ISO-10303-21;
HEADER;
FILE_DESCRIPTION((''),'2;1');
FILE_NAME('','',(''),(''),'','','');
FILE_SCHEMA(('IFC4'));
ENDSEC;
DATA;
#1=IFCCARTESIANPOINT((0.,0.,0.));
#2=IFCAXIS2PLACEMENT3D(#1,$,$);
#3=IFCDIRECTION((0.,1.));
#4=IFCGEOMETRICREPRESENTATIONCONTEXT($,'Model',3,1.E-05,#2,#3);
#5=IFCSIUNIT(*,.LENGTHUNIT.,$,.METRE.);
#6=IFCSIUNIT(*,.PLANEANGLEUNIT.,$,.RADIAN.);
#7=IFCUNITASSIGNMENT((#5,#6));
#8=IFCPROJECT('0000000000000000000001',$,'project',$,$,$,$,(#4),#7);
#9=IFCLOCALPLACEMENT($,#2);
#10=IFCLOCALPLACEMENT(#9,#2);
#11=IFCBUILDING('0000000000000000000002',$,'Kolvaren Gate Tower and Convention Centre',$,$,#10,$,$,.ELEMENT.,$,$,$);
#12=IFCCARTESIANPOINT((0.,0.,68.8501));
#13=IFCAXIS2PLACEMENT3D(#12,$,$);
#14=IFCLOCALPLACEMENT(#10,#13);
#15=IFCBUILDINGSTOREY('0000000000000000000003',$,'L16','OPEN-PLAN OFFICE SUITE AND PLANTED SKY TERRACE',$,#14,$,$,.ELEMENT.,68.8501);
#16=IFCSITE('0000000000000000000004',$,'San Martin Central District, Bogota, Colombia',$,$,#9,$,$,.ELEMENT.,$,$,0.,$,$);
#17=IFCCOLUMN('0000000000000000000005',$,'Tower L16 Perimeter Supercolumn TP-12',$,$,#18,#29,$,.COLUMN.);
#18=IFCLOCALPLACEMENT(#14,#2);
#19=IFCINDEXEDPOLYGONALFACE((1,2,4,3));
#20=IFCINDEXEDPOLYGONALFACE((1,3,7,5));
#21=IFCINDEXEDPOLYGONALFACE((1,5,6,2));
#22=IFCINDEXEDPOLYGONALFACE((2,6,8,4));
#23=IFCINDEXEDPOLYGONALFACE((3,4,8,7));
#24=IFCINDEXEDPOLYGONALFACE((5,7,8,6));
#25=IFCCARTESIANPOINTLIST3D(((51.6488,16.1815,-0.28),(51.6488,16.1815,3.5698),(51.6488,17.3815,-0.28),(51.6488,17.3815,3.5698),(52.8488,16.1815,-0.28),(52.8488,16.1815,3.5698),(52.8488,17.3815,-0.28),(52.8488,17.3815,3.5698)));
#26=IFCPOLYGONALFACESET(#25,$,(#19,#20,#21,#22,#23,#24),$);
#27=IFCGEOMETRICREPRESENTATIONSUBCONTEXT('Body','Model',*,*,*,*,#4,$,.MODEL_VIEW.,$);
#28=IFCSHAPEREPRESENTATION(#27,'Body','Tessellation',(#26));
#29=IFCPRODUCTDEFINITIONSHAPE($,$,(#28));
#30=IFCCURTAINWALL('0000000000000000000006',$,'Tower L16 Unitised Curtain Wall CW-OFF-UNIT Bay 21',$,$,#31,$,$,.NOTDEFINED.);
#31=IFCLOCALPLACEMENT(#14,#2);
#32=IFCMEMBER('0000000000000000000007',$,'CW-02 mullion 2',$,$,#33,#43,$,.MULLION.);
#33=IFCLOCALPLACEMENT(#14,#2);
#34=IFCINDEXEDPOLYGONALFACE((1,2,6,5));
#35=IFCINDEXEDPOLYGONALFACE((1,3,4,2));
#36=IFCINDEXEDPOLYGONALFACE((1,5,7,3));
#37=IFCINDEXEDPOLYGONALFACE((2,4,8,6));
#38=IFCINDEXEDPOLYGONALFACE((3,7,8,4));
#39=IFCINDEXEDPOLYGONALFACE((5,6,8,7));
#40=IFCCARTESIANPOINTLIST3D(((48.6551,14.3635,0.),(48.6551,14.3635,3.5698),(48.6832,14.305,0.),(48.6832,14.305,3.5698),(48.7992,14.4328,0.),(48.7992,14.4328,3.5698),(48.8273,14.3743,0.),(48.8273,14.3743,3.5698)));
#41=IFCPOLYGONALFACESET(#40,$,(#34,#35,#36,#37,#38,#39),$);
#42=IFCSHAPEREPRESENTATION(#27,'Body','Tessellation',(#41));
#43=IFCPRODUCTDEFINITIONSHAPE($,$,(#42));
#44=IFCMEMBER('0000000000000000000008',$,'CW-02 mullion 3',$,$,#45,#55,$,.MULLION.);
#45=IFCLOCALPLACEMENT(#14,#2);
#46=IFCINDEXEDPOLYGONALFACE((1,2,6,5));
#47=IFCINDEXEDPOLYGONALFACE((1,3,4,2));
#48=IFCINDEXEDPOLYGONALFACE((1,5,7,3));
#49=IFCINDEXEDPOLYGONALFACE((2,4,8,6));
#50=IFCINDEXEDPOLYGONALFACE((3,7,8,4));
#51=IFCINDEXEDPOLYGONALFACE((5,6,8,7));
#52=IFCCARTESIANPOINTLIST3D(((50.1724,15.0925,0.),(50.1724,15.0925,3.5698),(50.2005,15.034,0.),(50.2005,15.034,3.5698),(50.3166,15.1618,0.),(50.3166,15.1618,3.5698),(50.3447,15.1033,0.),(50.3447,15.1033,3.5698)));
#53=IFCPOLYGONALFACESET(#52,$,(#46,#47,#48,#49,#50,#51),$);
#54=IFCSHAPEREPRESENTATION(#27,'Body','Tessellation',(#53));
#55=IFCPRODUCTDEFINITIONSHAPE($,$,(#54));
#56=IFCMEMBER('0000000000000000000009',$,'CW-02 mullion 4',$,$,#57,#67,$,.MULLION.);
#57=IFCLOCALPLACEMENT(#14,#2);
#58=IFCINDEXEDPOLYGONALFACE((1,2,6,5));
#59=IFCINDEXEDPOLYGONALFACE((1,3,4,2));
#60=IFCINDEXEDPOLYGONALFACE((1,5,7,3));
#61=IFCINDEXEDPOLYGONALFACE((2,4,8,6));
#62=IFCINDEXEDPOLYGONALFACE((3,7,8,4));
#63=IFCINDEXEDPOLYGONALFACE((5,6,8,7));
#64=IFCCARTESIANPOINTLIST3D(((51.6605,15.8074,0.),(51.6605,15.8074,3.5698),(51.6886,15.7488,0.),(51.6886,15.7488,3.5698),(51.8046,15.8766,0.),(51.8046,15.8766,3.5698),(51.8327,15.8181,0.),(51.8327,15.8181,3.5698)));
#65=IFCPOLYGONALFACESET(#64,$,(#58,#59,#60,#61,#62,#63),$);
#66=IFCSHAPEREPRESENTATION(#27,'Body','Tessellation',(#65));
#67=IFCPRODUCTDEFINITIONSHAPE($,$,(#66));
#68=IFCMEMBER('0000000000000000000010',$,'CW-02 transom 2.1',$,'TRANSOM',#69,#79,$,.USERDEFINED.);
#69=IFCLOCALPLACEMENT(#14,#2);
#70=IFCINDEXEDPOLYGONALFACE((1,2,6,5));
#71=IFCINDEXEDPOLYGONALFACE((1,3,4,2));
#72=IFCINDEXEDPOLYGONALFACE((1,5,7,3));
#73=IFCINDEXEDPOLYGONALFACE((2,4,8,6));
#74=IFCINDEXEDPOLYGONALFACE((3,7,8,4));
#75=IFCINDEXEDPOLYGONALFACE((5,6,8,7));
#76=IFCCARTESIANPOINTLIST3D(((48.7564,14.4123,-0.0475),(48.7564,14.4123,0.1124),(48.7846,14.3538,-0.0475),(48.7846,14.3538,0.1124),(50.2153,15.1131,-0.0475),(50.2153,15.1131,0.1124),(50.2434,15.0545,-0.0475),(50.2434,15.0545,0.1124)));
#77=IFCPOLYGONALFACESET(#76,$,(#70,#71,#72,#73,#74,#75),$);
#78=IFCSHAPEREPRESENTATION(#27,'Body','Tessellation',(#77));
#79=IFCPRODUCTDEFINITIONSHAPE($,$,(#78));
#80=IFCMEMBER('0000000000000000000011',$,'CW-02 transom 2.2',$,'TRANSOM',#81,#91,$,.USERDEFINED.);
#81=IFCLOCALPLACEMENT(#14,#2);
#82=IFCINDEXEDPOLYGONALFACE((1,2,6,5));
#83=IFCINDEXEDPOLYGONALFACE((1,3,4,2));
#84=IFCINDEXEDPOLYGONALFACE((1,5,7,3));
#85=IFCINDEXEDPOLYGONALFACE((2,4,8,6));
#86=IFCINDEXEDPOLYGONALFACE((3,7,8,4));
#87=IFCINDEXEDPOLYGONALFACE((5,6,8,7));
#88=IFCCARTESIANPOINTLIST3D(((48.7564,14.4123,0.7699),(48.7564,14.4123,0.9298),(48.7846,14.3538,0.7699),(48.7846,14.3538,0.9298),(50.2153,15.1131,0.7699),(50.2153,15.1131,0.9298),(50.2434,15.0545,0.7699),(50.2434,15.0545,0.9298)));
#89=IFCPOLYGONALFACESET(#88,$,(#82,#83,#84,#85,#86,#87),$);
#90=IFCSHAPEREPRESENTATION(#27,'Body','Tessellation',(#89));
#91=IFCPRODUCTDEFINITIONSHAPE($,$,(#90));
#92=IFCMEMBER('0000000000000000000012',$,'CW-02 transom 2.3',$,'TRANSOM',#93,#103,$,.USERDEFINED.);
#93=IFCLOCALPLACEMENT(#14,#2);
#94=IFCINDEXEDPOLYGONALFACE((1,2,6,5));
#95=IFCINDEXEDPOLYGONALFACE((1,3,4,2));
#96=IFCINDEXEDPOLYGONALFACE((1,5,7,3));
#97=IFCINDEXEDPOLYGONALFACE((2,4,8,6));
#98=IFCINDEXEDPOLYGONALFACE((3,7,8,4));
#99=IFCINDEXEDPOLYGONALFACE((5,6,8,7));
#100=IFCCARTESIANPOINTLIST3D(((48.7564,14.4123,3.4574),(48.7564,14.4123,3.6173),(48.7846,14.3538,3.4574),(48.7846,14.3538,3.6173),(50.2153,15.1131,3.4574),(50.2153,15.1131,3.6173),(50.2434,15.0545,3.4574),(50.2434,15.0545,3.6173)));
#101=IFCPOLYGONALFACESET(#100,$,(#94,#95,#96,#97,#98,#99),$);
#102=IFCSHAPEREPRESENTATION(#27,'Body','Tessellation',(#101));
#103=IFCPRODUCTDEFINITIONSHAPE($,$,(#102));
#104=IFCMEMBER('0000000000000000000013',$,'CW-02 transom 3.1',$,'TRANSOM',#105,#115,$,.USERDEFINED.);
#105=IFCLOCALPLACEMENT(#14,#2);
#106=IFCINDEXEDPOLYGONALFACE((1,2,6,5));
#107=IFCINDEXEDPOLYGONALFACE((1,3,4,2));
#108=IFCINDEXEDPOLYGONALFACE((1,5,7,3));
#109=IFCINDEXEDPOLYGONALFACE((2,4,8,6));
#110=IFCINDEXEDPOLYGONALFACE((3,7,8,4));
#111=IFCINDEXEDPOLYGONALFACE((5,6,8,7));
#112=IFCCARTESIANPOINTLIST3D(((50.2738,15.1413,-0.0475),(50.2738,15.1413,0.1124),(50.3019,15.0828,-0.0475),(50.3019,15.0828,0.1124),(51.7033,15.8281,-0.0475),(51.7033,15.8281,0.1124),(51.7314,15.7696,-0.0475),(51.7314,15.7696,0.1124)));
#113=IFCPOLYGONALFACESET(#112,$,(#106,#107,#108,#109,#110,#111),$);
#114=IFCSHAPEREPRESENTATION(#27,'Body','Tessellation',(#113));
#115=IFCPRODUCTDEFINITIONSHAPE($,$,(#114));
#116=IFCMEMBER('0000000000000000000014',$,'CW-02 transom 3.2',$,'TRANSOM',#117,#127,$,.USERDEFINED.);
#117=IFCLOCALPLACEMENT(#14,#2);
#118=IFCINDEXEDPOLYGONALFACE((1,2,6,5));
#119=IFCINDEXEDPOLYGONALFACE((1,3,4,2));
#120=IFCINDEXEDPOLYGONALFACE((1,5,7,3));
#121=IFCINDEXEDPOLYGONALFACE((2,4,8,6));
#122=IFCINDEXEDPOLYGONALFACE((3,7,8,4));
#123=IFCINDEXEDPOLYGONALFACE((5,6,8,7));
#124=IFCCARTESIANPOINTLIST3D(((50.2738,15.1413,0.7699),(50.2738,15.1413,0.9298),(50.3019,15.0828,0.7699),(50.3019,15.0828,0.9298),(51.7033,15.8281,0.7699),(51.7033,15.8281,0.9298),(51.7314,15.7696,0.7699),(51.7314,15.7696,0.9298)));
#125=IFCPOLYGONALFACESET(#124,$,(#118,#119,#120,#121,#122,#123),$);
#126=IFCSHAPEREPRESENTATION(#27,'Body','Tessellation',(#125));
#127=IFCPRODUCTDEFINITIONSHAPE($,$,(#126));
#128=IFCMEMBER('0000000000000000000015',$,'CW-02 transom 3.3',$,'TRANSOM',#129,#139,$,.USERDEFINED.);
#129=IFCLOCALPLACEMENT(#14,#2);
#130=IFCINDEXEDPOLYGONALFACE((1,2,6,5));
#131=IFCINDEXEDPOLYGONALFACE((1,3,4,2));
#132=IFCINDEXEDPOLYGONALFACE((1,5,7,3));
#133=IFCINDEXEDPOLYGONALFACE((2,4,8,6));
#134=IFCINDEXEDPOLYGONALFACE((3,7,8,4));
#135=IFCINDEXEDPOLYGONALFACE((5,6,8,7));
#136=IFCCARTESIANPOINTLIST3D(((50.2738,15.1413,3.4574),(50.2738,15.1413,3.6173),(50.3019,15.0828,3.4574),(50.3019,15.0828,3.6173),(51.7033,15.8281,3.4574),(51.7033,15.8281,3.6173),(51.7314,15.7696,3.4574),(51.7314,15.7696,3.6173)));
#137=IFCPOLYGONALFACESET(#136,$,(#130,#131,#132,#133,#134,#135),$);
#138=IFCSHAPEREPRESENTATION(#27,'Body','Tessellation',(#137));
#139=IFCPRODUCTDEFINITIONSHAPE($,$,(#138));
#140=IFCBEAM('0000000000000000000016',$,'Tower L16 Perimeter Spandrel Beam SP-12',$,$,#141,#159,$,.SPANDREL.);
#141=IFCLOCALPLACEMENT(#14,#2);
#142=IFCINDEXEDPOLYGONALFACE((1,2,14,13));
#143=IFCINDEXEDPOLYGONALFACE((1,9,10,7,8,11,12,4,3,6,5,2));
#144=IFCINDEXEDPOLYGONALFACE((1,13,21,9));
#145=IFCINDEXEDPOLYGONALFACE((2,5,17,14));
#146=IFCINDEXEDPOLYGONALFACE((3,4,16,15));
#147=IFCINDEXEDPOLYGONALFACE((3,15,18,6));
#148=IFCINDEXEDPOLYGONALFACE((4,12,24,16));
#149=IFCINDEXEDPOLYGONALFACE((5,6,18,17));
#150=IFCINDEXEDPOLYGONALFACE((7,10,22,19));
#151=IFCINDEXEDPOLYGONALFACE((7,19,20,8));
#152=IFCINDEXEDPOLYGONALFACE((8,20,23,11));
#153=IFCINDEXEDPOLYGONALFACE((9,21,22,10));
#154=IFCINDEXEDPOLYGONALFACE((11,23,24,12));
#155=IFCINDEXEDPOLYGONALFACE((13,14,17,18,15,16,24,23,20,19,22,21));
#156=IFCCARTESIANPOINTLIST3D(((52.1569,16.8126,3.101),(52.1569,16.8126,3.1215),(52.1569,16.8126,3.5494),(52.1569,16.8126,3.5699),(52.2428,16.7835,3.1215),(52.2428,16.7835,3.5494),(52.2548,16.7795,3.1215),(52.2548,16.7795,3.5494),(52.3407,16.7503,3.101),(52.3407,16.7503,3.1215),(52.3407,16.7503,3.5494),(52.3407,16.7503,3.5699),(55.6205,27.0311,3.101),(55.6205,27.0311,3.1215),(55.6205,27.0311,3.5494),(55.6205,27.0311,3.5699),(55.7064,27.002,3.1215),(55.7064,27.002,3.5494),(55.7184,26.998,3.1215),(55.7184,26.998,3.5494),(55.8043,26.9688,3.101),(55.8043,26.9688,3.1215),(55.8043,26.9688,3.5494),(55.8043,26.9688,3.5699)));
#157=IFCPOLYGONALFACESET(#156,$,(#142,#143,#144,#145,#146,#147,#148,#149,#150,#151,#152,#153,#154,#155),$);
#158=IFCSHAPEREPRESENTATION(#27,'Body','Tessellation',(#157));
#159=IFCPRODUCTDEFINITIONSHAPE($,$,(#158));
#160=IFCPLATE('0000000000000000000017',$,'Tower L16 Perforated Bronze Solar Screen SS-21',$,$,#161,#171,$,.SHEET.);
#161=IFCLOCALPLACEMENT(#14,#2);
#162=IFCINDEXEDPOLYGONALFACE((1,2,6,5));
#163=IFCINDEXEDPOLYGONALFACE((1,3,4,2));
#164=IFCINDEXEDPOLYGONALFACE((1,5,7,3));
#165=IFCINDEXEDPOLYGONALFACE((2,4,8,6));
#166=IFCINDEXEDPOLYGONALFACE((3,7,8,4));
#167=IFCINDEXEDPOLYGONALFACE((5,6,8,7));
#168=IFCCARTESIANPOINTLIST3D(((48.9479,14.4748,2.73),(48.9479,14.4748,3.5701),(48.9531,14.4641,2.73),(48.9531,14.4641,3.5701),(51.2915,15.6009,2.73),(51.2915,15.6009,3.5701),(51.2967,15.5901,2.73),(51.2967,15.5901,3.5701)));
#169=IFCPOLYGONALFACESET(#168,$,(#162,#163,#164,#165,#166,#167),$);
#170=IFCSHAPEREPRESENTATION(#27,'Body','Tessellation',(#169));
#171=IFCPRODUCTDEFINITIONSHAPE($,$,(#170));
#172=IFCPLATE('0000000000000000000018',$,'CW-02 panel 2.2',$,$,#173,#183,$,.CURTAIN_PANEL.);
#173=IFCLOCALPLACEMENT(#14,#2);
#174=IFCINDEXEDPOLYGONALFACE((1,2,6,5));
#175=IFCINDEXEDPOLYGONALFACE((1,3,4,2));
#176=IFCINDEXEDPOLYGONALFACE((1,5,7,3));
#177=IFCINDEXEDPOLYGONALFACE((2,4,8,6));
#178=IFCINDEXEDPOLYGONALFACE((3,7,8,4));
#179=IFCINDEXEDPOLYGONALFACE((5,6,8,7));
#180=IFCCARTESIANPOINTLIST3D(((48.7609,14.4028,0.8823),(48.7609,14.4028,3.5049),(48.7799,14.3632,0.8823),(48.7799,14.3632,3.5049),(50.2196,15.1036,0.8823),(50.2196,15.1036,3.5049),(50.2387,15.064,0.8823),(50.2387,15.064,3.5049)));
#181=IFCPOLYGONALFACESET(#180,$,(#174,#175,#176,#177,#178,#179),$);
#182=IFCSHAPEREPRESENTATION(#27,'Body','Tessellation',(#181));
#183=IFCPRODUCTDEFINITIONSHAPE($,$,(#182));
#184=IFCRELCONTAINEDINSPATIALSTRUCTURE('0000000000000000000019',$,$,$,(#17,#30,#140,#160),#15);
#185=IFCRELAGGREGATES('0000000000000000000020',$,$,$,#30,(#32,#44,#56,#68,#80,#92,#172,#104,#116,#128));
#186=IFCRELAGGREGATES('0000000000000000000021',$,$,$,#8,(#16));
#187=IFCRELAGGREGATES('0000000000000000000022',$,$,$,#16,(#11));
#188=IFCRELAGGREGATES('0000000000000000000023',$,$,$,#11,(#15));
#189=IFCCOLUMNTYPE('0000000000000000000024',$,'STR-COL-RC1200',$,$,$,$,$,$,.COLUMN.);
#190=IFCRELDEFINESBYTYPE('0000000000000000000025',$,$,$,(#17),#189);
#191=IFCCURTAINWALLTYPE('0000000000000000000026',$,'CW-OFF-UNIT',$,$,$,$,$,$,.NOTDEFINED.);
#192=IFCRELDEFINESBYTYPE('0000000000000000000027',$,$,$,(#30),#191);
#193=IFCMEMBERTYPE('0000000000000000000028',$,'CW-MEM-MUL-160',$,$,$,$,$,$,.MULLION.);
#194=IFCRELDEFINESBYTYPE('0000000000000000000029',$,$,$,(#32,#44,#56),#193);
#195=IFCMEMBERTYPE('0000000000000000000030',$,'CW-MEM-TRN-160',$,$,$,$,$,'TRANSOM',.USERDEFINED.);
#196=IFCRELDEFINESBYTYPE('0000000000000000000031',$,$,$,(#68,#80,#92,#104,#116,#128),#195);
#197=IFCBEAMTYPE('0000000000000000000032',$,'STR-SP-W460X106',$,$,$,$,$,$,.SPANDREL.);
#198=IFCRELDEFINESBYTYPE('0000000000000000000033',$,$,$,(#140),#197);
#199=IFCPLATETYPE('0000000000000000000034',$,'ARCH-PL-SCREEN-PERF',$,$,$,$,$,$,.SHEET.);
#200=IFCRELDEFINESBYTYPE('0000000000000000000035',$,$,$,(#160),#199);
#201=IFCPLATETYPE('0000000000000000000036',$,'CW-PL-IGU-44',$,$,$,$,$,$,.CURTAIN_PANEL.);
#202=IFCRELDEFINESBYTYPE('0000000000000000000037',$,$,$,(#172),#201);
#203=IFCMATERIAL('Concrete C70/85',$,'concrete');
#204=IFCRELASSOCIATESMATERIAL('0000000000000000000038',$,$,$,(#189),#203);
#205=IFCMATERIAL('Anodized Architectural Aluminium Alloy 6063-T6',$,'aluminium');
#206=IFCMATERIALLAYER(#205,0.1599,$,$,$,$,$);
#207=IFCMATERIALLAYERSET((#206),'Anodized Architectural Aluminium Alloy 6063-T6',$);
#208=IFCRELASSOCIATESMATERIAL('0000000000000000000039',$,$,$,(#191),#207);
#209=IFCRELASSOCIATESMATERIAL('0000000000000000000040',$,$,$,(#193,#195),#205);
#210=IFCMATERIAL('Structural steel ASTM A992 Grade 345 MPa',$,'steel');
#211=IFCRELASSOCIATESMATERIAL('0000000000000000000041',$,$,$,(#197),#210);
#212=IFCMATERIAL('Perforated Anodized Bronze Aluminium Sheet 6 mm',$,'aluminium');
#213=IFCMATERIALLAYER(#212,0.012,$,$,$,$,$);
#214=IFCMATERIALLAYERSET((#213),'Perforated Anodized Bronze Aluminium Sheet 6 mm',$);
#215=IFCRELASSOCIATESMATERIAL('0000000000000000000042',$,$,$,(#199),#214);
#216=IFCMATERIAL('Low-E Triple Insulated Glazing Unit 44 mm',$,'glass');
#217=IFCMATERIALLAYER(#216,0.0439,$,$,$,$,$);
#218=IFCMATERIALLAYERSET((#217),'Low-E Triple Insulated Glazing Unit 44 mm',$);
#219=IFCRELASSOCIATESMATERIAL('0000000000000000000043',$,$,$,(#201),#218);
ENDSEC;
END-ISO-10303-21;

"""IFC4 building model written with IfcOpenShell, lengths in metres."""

from ifc_helpers import new_model, si_unit, direction, frame, origin, origin_2d, place, context, subcontext, project, spatial, rectangle, i_section, extrude, material, layer, layer_set, material_profile, profile_set, type_object, element, aggregate, save


model = new_model("IFC4")

# Units and contexts
model_context = context("Model", 3, precision=1e-05, world=origin(), true_north=direction((0.0, 1.0)))
body_context = subcontext(model_context, "Body", "Model", "MODEL_VIEW")
ifc_project = project(units=[si_unit("LENGTHUNIT", "METRE"), si_unit("PLANEANGLEUNIT", "RADIAN")], contexts=[model_context])

# Site, building, storey
site_placement = place(None, origin())
site = spatial("IfcSite", under=ifc_project, at=site_placement, Name="San Martin Central District, Bogota, Colombia", CompositionType="ELEMENT", RefElevation=0.0)
building_placement = place(site_placement, origin())
building = spatial("IfcBuilding", under=site, at=building_placement, Name="Kolvaren Gate Tower and Convention Centre", CompositionType="ELEMENT")
storey_placement = place(building_placement, frame((0.0, 0.0, 68.8501)))
storey = spatial("IfcBuildingStorey", under=building, at=storey_placement, Name="L16", Description="OPEN-PLAN OFFICE SUITE AND PLANTED SKY TERRACE", CompositionType="ELEMENT", Elevation=68.8501)

# Column
ifc_material_1 = material(Name="Concrete C70/85", Category="concrete")
ifc_material_profile_1 = material_profile(ifc_material_1, rectangle(XDim=1.2, YDim=1.2, at=origin_2d()), Name="RC-COL-1200X1200")
ifc_profile_set_1 = profile_set([ifc_material_profile_1], Name="Concrete C70/85")
column_type = type_object("IfcColumnType", Name="STR-COL-RC1200", PredefinedType="COLUMN", material=ifc_profile_set_1)
column_placement = place(storey_placement, frame((52.2488, 16.7815, -0.28), z_axis=(0.0, 0.0, 1.0), x_axis=(1.0, 0.0, 0.0)))
element("IfcColumn", 1, at=column_placement, inside=storey, type_object=column_type, Name="Tower L16 Perimeter Supercolumn TP-12", PredefinedType="COLUMN", context=body_context, shape_type="SweptSolid", body=[
    extrude(rectangle(XDim=1.2, YDim=1.2, at=origin_2d()), origin(), (0.0, 0.0, 1.0), 3.8499),
])

# Curtain wall, members
ifc_material_2 = material(Name="Anodized Architectural Aluminium Alloy 6063-T6", Category="aluminium")
ifc_layer_1 = layer(ifc_material_2, 0.1599)
ifc_layer_set_1 = layer_set([ifc_layer_1], Name="Anodized Architectural Aluminium Alloy 6063-T6")
curtain_wall_type = type_object("IfcCurtainWallType", Name="CW-OFF-UNIT", PredefinedType="NOTDEFINED", material=ifc_layer_set_1)
curtain_wall_placement = place(storey_placement, origin())
curtain_wall = element("IfcCurtainWall", 2, at=curtain_wall_placement, inside=storey, type_object=curtain_wall_type, Name="Tower L16 Unitised Curtain Wall CW-OFF-UNIT Bay 21", PredefinedType="NOTDEFINED")
ifc_material_profile_2 = material_profile(ifc_material_2, rectangle(XDim=0.0649, YDim=0.1599, at=origin_2d()), Name="CW-MEM-MUL-160")
ifc_profile_set_2 = profile_set([ifc_material_profile_2], Name="Anodized Architectural Aluminium Alloy 6063-T6")
member_type_1 = type_object("IfcMemberType", Name="CW-MEM-MUL-160", PredefinedType="MULLION", material=ifc_profile_set_2)
member_1_placement = place(storey_placement, frame((48.7412, 14.3689, 0.0), z_axis=(0.0, 0.0, 1.0), x_axis=(-0.433067, 0.901362, 0.0)))
member_1 = element("IfcMember", 3, at=member_1_placement, type_object=member_type_1, Name="CW-02 mullion 2", PredefinedType="MULLION", context=body_context, shape_type="SweptSolid", body=[
    extrude(rectangle(XDim=0.0649, YDim=0.1599, at=origin_2d()), origin(), (0.0, 0.0, 1.0), 3.5698),
])
member_2_placement = place(storey_placement, frame((50.2585, 15.0979, 0.0), z_axis=(0.0, 0.0, 1.0), x_axis=(-0.433067, 0.901362, 0.0)))
member_2 = element("IfcMember", 4, at=member_2_placement, type_object=member_type_1, Name="CW-02 mullion 3", PredefinedType="MULLION", context=body_context, shape_type="SweptSolid", body=[
    extrude(rectangle(XDim=0.0649, YDim=0.1599, at=origin_2d()), origin(), (0.0, 0.0, 1.0), 3.5698),
])
member_3_placement = place(storey_placement, frame((51.7466, 15.8127, 0.0), z_axis=(0.0, 0.0, 1.0), x_axis=(-0.433067, 0.901362, 0.0)))
member_3 = element("IfcMember", 5, at=member_3_placement, type_object=member_type_1, Name="CW-02 mullion 4", PredefinedType="MULLION", context=body_context, shape_type="SweptSolid", body=[
    extrude(rectangle(XDim=0.0649, YDim=0.1599, at=origin_2d()), origin(), (0.0, 0.0, 1.0), 3.5698),
])
ifc_material_profile_3 = material_profile(ifc_material_2, rectangle(XDim=0.0649, YDim=0.1599, at=origin_2d()), Name="CW-MEM-TRN-160")
ifc_profile_set_3 = profile_set([ifc_material_profile_3], Name="Anodized Architectural Aluminium Alloy 6063-T6")
member_type_2 = type_object("IfcMemberType", Name="CW-MEM-TRN-160", ElementType="TRANSOM", PredefinedType="USERDEFINED", material=ifc_profile_set_3)
member_4_placement = place(storey_placement, frame((48.7705, 14.3831, 0.0325), z_axis=(0.901405, 0.432976, 0.0), x_axis=(-0.432976, 0.901405, 0.0)))
member_4 = element("IfcMember", 6, at=member_4_placement, type_object=member_type_2, Name="CW-02 transom 2.1", ObjectType="TRANSOM", PredefinedType="USERDEFINED", context=body_context, shape_type="SweptSolid", body=[
    extrude(rectangle(XDim=0.0649, YDim=0.1599, at=origin_2d()), origin(), (0.0, 0.0, 1.0), 1.6184),
])
member_5_placement = place(storey_placement, frame((48.7705, 14.3831, 0.8499), z_axis=(0.901405, 0.432976, 0.0), x_axis=(-0.432976, 0.901405, 0.0)))
member_5 = element("IfcMember", 7, at=member_5_placement, type_object=member_type_2, Name="CW-02 transom 2.2", ObjectType="TRANSOM", PredefinedType="USERDEFINED", context=body_context, shape_type="SweptSolid", body=[
    extrude(rectangle(XDim=0.0649, YDim=0.1599, at=origin_2d()), origin(), (0.0, 0.0, 1.0), 1.6184),
])
member_6_placement = place(storey_placement, frame((48.7705, 14.3831, 3.5374), z_axis=(0.901405, 0.432976, 0.0), x_axis=(-0.432976, 0.901405, 0.0)))
member_6 = element("IfcMember", 8, at=member_6_placement, type_object=member_type_2, Name="CW-02 transom 2.3", ObjectType="TRANSOM", PredefinedType="USERDEFINED", context=body_context, shape_type="SweptSolid", body=[
    extrude(rectangle(XDim=0.0649, YDim=0.1599, at=origin_2d()), origin(), (0.0, 0.0, 1.0), 1.6184),
])
member_7_placement = place(storey_placement, frame((50.2878, 15.1121, 0.0325), z_axis=(0.901367, 0.433056, 0.0), x_axis=(-0.433056, 0.901367, 0.0)))
member_7 = element("IfcMember", 9, at=member_7_placement, type_object=member_type_2, Name="CW-02 transom 3.1", ObjectType="TRANSOM", PredefinedType="USERDEFINED", context=body_context, shape_type="SweptSolid", body=[
    extrude(rectangle(XDim=0.0649, YDim=0.1599, at=origin_2d()), origin(), (0.0, 0.0, 1.0), 1.5859),
])
member_8_placement = place(storey_placement, frame((50.2878, 15.1121, 0.8499), z_axis=(0.901367, 0.433056, 0.0), x_axis=(-0.433056, 0.901367, 0.0)))
member_8 = element("IfcMember", 10, at=member_8_placement, type_object=member_type_2, Name="CW-02 transom 3.2", ObjectType="TRANSOM", PredefinedType="USERDEFINED", context=body_context, shape_type="SweptSolid", body=[
    extrude(rectangle(XDim=0.0649, YDim=0.1599, at=origin_2d()), origin(), (0.0, 0.0, 1.0), 1.5859),
])
member_9_placement = place(storey_placement, frame((50.2878, 15.1121, 3.5374), z_axis=(0.901367, 0.433056, 0.0), x_axis=(-0.433056, 0.901367, 0.0)))
member_9 = element("IfcMember", 11, at=member_9_placement, type_object=member_type_2, Name="CW-02 transom 3.3", ObjectType="TRANSOM", PredefinedType="USERDEFINED", context=body_context, shape_type="SweptSolid", body=[
    extrude(rectangle(XDim=0.0649, YDim=0.1599, at=origin_2d()), origin(), (0.0, 0.0, 1.0), 1.5859),
])

# Beam
ifc_material_3 = material(Name="Structural steel ASTM A992 Grade 345 MPa", Category="steel")
ifc_material_profile_4 = material_profile(ifc_material_3, i_section(OverallWidth=0.1941, OverallDepth=0.469, WebThickness=0.0127, FlangeThickness=0.0205, at=origin_2d()), Name="W460X106")
ifc_profile_set_4 = profile_set([ifc_material_profile_4], Name="Structural steel ASTM A992 Grade 345 MPa")
beam_type = type_object("IfcBeamType", Name="STR-SP-W460X106", PredefinedType="SPANDREL", material=ifc_profile_set_4)
beam_placement = place(storey_placement, frame((52.2488, 16.7815, 3.3354), z_axis=(0.321016, 0.947074, 0.0), x_axis=(-0.947074, 0.321016, 0.0)))
element("IfcBeam", 12, at=beam_placement, inside=storey, type_object=beam_type, Name="Tower L16 Perimeter Spandrel Beam SP-12", PredefinedType="SPANDREL", context=body_context, shape_type="SweptSolid", body=[
    extrude(i_section(OverallWidth=0.1941, OverallDepth=0.469, WebThickness=0.0127, FlangeThickness=0.0205, at=origin_2d()), origin(), (0.0, 0.0, 1.0), 10.7896),
])

# Plates
ifc_material_4 = material(Name="Perforated Anodized Bronze Aluminium Sheet 6 mm", Category="aluminium")
ifc_layer_2 = layer(ifc_material_4, 0.012)
ifc_layer_set_2 = layer_set([ifc_layer_2], Name="Perforated Anodized Bronze Aluminium Sheet 6 mm")
plate_type_1 = type_object("IfcPlateType", Name="ARCH-PL-SCREEN-PERF", PredefinedType="SHEET", material=ifc_layer_set_2)
plate_1_placement = place(storey_placement, frame((50.1223, 15.0325, 2.73), z_axis=(0.0, 0.0, 1.0), x_axis=(0.901358, 0.433076, 0.0)))
element("IfcPlate", 13, at=plate_1_placement, inside=storey, type_object=plate_type_1, Name="Tower L16 Perforated Bronze Solar Screen SS-21", PredefinedType="SHEET", context=body_context, shape_type="SweptSolid", body=[
    extrude(rectangle(XDim=2.6001, YDim=0.012, at=origin_2d()), origin(), (0.0, 0.0, 1.0), 0.8401),
])
ifc_material_5 = material(Name="Low-E Triple Insulated Glazing Unit 44 mm", Category="glass")
ifc_layer_3 = layer(ifc_material_5, 0.0439)
ifc_layer_set_3 = layer_set([ifc_layer_3], Name="Low-E Triple Insulated Glazing Unit 44 mm")
plate_type_2 = type_object("IfcPlateType", Name="CW-PL-IGU-44", PredefinedType="CURTAIN_PANEL", material=ifc_layer_set_3)
plate_2_placement = place(storey_placement, frame((49.4998, 14.7334, 0.8823), z_axis=(0.0, 0.0, 1.0), x_axis=(0.901362, 0.433067, 0.0)))
plate_2 = element("IfcPlate", 14, at=plate_2_placement, type_object=plate_type_2, Name="CW-02 panel 2.2", PredefinedType="CURTAIN_PANEL", context=body_context, shape_type="SweptSolid", body=[
    extrude(rectangle(XDim=1.6184, YDim=0.0439, at=origin_2d()), origin(), (0.0, 0.0, 1.0), 2.6226),
])
aggregate(curtain_wall, [member_1, member_2, member_3, member_4, member_5, member_6, plate_2, member_7, member_8, member_9])

save(model, "model.ifc")
